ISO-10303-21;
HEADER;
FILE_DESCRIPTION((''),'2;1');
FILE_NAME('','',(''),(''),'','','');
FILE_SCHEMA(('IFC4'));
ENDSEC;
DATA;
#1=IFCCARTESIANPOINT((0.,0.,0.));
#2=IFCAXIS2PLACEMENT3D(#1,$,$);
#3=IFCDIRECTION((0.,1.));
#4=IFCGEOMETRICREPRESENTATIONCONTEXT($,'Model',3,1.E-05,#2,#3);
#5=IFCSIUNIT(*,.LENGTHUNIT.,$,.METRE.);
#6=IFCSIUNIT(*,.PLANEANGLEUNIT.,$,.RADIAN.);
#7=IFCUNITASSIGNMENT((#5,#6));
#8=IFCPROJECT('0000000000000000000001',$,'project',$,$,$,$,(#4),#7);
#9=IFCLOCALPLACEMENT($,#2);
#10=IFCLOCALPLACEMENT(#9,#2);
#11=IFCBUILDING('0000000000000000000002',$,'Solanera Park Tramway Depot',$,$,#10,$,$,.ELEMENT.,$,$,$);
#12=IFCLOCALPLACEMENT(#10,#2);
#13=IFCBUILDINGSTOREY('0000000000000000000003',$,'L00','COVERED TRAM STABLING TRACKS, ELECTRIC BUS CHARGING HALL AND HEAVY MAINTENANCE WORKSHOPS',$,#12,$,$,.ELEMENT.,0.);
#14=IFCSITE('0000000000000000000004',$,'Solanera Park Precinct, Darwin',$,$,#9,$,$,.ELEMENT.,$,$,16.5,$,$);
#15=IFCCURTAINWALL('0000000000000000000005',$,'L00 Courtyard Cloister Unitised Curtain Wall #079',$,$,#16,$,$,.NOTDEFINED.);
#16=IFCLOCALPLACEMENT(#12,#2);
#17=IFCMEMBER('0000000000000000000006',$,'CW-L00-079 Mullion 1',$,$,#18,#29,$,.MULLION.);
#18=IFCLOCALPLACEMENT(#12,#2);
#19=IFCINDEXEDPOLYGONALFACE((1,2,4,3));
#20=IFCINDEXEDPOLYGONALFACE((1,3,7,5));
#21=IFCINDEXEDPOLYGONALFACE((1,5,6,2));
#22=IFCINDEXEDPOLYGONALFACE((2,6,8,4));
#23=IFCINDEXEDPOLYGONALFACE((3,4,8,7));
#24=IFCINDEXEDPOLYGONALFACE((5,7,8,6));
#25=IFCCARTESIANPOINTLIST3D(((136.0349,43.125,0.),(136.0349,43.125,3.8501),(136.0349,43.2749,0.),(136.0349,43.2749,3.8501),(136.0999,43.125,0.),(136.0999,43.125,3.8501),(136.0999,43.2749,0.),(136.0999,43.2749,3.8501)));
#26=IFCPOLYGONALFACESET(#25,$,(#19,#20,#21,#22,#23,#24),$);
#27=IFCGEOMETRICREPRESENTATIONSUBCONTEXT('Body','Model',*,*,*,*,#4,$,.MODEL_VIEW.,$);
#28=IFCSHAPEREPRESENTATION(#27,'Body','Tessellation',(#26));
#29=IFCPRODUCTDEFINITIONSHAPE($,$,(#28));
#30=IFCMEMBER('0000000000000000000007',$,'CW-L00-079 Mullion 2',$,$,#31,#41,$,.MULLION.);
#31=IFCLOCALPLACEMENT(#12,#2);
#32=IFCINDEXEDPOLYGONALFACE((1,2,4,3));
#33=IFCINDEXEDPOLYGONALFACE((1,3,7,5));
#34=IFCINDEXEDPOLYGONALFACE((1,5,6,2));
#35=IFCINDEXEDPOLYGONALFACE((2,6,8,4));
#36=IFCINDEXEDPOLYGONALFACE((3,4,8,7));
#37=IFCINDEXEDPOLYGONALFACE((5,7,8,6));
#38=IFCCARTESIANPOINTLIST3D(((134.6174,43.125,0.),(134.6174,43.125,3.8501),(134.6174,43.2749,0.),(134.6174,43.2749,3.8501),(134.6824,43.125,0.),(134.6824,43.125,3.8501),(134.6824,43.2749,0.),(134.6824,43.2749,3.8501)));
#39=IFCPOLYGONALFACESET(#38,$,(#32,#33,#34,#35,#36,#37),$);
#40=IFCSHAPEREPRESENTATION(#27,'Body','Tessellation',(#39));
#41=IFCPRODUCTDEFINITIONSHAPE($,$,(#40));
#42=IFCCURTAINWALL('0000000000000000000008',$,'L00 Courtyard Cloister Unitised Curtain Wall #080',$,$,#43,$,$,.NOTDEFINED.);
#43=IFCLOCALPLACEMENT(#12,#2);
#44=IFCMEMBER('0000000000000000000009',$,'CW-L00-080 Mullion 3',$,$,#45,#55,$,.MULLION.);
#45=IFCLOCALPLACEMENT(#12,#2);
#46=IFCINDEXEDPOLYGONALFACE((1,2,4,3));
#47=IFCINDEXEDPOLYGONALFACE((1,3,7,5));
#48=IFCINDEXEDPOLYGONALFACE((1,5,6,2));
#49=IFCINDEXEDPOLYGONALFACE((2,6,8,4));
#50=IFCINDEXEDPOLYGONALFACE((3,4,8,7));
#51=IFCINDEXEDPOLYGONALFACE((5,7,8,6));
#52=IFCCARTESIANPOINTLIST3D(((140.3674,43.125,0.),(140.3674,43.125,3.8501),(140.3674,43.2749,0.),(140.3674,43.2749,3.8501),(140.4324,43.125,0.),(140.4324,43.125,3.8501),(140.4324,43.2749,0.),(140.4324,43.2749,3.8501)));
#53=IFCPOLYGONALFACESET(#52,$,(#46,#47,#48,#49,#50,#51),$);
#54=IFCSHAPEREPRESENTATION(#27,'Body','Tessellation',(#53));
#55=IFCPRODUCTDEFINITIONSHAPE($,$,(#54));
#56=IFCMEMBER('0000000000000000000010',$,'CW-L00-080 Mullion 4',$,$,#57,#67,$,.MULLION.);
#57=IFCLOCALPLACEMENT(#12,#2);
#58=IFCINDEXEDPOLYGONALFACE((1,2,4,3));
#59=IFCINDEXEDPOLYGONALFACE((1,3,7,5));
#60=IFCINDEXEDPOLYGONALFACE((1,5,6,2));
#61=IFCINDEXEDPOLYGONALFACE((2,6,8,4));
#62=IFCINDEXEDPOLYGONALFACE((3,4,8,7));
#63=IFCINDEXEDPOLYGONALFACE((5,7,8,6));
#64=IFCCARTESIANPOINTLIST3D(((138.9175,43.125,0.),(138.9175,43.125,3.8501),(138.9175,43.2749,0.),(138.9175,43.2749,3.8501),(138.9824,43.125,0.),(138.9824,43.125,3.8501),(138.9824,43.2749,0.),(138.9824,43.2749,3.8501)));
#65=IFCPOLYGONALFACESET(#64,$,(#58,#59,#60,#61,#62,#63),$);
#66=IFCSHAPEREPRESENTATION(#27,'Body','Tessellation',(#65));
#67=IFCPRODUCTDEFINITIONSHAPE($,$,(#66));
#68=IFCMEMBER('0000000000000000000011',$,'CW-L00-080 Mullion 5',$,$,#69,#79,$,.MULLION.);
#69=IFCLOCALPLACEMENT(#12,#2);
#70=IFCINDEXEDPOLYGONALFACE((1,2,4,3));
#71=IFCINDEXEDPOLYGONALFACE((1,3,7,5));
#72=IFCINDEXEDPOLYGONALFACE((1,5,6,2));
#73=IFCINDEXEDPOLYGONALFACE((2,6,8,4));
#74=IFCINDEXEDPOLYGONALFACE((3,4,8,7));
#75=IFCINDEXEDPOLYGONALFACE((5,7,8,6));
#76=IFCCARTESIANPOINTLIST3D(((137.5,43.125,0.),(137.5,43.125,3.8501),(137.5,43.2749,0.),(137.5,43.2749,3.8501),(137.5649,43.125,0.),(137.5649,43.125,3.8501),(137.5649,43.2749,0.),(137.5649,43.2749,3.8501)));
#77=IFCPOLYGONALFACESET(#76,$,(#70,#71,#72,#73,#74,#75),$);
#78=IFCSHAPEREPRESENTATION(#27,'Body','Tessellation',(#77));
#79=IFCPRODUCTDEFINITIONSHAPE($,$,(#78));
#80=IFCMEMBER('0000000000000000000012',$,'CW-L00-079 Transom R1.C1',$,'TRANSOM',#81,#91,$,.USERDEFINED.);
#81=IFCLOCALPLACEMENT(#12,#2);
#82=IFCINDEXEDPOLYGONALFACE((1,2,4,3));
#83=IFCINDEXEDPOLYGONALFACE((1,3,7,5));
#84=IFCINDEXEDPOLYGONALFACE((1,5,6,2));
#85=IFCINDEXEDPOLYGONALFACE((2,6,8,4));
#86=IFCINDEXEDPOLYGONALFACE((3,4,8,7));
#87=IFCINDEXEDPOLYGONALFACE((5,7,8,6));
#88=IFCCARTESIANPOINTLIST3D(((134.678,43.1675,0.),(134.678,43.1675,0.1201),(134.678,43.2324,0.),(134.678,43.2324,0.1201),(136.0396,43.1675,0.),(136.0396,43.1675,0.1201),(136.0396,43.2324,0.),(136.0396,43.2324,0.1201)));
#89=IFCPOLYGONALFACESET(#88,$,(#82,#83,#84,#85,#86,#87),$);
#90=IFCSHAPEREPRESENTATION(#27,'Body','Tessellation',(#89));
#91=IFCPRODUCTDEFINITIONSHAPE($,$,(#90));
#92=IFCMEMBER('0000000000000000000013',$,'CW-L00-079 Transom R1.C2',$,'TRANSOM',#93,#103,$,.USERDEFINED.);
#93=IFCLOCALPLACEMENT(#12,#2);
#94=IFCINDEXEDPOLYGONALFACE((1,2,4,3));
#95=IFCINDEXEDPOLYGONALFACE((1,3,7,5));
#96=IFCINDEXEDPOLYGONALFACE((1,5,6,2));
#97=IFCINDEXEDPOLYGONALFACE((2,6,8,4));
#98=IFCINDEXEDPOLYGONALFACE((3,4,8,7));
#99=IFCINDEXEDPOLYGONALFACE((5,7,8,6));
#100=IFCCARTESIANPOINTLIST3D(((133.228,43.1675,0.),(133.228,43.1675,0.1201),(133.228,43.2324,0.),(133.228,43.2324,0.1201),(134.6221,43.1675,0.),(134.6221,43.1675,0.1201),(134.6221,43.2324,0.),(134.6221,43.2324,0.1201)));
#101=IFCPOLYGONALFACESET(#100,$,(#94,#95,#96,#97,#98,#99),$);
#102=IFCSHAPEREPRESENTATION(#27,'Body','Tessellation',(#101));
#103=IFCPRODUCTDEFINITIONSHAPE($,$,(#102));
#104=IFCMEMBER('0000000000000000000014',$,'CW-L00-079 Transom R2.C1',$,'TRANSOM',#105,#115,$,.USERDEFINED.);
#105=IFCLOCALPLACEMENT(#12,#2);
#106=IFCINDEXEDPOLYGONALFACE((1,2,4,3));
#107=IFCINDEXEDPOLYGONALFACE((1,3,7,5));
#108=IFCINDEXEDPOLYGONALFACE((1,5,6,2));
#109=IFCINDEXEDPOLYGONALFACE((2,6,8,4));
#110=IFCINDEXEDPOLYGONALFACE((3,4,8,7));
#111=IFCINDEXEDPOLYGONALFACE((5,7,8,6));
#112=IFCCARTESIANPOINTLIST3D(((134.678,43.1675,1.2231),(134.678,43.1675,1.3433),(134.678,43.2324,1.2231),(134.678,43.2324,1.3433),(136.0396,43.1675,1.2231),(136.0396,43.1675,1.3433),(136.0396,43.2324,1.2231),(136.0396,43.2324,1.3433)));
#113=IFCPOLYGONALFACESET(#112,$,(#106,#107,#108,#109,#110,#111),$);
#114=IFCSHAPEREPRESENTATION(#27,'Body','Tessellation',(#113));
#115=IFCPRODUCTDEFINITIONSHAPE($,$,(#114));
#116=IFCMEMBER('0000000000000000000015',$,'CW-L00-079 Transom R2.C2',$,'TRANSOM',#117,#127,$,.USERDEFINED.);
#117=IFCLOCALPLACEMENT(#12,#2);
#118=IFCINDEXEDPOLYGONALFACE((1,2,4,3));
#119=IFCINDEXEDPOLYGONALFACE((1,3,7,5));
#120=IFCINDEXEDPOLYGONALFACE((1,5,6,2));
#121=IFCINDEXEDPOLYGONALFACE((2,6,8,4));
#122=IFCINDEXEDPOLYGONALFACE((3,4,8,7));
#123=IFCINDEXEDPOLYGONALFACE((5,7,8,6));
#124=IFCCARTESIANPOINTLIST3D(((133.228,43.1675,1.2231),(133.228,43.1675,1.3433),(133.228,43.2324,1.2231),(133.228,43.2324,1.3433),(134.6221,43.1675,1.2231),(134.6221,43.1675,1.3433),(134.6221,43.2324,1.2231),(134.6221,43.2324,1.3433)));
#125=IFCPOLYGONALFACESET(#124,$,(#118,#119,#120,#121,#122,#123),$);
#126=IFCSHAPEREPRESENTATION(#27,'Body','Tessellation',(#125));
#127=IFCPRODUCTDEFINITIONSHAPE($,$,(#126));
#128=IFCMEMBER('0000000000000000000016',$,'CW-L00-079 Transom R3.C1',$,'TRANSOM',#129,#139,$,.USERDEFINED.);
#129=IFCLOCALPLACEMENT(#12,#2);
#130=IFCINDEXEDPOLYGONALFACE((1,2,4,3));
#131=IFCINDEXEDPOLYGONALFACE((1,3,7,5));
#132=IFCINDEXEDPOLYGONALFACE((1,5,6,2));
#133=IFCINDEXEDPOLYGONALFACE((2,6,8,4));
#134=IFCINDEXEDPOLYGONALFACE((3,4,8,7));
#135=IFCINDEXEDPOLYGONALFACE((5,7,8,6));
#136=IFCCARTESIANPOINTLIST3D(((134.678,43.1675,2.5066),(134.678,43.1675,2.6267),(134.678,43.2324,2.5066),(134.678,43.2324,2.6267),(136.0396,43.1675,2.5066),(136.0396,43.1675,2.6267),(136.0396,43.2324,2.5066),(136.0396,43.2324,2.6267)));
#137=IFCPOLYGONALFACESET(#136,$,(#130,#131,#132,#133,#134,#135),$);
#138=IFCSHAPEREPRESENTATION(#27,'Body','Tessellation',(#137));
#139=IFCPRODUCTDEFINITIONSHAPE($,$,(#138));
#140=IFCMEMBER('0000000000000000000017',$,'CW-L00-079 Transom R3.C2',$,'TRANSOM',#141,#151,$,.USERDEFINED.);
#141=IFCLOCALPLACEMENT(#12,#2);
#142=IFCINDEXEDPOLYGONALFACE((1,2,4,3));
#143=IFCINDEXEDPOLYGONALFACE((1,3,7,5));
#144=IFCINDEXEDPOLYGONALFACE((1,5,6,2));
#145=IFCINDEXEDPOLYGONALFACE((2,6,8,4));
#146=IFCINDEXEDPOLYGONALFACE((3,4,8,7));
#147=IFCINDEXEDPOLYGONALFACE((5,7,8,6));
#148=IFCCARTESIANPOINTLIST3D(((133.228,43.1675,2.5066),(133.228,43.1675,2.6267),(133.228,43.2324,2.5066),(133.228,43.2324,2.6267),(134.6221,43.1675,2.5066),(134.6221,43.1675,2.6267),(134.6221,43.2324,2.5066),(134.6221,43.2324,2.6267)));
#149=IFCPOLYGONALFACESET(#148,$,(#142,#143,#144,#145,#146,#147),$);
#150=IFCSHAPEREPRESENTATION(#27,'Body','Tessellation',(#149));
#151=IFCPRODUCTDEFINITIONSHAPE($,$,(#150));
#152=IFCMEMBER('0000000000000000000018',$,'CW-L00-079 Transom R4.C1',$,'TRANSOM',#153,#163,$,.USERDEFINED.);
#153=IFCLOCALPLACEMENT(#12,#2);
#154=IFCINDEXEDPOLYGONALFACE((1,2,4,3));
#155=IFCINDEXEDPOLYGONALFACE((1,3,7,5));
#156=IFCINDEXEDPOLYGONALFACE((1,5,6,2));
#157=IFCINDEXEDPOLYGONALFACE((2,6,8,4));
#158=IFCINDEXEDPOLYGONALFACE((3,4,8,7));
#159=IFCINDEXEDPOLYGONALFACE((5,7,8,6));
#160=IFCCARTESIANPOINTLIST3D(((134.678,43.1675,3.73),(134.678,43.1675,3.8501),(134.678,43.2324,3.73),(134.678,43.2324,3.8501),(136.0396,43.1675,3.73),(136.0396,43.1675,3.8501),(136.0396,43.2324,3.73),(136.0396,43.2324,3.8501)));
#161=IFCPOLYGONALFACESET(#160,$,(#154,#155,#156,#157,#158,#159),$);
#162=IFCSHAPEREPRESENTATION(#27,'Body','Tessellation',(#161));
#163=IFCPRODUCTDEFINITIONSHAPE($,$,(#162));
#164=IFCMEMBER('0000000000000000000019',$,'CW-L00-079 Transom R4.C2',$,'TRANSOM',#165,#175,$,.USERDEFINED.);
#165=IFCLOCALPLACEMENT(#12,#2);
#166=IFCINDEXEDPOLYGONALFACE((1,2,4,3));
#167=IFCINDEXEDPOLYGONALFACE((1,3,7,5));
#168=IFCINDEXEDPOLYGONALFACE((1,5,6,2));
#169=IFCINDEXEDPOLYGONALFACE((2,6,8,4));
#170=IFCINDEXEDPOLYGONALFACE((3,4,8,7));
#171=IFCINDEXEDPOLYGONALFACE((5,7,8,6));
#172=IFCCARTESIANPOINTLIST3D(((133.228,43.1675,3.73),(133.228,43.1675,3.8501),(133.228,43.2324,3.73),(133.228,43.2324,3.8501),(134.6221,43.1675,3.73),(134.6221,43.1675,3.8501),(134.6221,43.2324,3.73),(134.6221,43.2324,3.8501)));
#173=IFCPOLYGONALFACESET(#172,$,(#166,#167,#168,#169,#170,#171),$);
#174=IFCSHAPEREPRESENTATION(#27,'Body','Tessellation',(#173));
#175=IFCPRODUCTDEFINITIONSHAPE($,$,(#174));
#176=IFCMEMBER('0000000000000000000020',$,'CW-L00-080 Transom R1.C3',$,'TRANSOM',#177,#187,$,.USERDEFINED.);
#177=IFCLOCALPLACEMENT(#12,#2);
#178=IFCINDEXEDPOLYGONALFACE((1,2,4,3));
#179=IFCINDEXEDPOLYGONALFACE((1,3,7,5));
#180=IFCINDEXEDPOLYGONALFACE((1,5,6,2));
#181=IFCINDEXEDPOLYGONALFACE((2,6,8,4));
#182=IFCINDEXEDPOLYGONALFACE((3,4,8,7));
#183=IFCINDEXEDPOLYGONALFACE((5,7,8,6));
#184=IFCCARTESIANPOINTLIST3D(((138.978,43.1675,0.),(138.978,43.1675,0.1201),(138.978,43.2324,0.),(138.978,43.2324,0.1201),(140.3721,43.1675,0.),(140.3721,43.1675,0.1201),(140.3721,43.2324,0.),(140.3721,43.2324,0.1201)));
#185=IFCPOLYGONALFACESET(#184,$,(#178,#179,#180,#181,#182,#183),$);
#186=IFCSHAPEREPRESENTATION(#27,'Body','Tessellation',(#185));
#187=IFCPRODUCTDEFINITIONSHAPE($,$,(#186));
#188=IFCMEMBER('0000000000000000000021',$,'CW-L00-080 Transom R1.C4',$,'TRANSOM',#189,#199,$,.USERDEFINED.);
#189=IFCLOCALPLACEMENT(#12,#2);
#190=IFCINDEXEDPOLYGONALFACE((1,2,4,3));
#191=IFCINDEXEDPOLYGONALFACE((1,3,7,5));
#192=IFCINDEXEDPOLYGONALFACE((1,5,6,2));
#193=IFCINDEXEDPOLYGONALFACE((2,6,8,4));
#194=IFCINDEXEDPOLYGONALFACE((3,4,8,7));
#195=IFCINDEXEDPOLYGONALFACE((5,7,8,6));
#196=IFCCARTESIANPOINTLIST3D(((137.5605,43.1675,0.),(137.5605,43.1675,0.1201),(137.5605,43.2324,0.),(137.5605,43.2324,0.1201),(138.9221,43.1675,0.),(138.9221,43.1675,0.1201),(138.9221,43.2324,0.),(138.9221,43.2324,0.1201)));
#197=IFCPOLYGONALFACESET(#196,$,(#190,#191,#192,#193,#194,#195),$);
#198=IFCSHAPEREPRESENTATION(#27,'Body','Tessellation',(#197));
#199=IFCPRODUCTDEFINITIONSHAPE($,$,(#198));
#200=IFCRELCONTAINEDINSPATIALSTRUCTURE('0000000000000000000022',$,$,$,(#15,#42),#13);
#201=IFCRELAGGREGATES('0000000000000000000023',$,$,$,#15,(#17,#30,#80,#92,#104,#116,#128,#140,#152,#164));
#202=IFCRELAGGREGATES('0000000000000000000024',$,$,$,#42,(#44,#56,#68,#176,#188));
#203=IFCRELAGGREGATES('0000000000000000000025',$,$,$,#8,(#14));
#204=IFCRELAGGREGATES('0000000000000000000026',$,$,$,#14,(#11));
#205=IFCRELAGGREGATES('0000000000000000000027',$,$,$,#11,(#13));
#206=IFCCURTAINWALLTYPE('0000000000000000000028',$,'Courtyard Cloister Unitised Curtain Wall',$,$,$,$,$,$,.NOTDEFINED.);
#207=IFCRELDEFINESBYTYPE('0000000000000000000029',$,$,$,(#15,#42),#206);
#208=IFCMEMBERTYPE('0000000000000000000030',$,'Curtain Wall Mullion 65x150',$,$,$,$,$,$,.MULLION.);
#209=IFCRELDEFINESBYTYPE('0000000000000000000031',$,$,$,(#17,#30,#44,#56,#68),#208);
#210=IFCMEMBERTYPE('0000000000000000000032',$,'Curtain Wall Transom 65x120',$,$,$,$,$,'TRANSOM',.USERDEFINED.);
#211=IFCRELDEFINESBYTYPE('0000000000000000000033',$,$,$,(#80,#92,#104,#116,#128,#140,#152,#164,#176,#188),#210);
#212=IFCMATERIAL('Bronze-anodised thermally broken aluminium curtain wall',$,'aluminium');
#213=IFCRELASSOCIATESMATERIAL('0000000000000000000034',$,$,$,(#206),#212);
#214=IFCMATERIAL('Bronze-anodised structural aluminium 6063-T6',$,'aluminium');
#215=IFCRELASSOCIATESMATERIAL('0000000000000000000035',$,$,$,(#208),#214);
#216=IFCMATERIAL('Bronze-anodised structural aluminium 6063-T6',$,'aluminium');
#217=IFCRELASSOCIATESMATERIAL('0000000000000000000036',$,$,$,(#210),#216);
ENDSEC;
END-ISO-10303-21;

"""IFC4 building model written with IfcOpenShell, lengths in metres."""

from ifc_helpers import new_model, si_unit, direction, frame, origin, origin_2d, place, context, subcontext, project, spatial, rectangle, extrude, material, material_profile, profile_set, type_object, element, aggregate, save


model = new_model("IFC4")

# Units and contexts
model_context = context("Model", 3, precision=1e-05, world=origin(), true_north=direction((0.0, 1.0)))
body_context = subcontext(model_context, "Body", "Model", "MODEL_VIEW")
ifc_project = project(units=[si_unit("LENGTHUNIT", "METRE"), si_unit("PLANEANGLEUNIT", "RADIAN")], contexts=[model_context])

# Site, building, storey
site_placement = place(None, origin())
site = spatial("IfcSite", under=ifc_project, at=site_placement, Name="Solanera Park Precinct, Darwin", CompositionType="ELEMENT", RefElevation=16.5)
building_placement = place(site_placement, origin())
building = spatial("IfcBuilding", under=site, at=building_placement, Name="Solanera Park Tramway Depot", CompositionType="ELEMENT")
storey_placement = place(building_placement, origin())
storey = spatial("IfcBuildingStorey", under=building, at=storey_placement, Name="L00", Description="COVERED TRAM STABLING TRACKS, ELECTRIC BUS CHARGING HALL AND HEAVY MAINTENANCE WORKSHOPS", CompositionType="ELEMENT", Elevation=0.0)

# Curtain walls, members
ifc_material_1 = material(Name="Bronze-anodised thermally broken aluminium curtain wall", Category="aluminium")
curtain_wall_type = type_object("IfcCurtainWallType", Name="Courtyard Cloister Unitised Curtain Wall", PredefinedType="NOTDEFINED", material=ifc_material_1)
curtain_wall_1_placement = place(storey_placement, origin())
curtain_wall_1 = element("IfcCurtainWall", 1, at=curtain_wall_1_placement, inside=storey, type_object=curtain_wall_type, Name="L00 Courtyard Cloister Unitised Curtain Wall #079", PredefinedType="NOTDEFINED")
ifc_material_2 = material(Name="Bronze-anodised structural aluminium 6063-T6", Category="aluminium")
ifc_material_profile_1 = material_profile(ifc_material_2, rectangle(XDim=0.0649, YDim=0.1499, at=origin_2d()), Name="Curtain Wall Mullion 65x150")
ifc_profile_set_1 = profile_set([ifc_material_profile_1], Name="Bronze-anodised structural aluminium 6063-T6")
member_type_1 = type_object("IfcMemberType", Name="Curtain Wall Mullion 65x150", PredefinedType="MULLION", material=ifc_profile_set_1)
member_1_placement = place(storey_placement, frame((136.0674, 43.2, 0.0), z_axis=(0.0, 0.0, 1.0), x_axis=(1.0, 0.0, 0.0)))
member_1 = element("IfcMember", 2, at=member_1_placement, type_object=member_type_1, Name="CW-L00-079 Mullion 1", PredefinedType="MULLION", context=body_context, shape_type="SweptSolid", body=[
    extrude(rectangle(XDim=0.0649, YDim=0.1499, at=origin_2d()), origin(), (0.0, 0.0, 1.0), 3.8501),
])
member_2_placement = place(storey_placement, frame((134.6499, 43.2, 0.0), z_axis=(0.0, 0.0, 1.0), x_axis=(1.0, 0.0, 0.0)))
member_2 = element("IfcMember", 3, at=member_2_placement, type_object=member_type_1, Name="CW-L00-079 Mullion 2", PredefinedType="MULLION", context=body_context, shape_type="SweptSolid", body=[
    extrude(rectangle(XDim=0.0649, YDim=0.1499, at=origin_2d()), origin(), (0.0, 0.0, 1.0), 3.8501),
])
curtain_wall_2_placement = place(storey_placement, origin())
curtain_wall_2 = element("IfcCurtainWall", 4, at=curtain_wall_2_placement, inside=storey, type_object=curtain_wall_type, Name="L00 Courtyard Cloister Unitised Curtain Wall #080", PredefinedType="NOTDEFINED")
member_3_placement = place(storey_placement, frame((140.3999, 43.2, 0.0), z_axis=(0.0, 0.0, 1.0), x_axis=(1.0, 0.0, 0.0)))
member_3 = element("IfcMember", 5, at=member_3_placement, type_object=member_type_1, Name="CW-L00-080 Mullion 3", PredefinedType="MULLION", context=body_context, shape_type="SweptSolid", body=[
    extrude(rectangle(XDim=0.0649, YDim=0.1499, at=origin_2d()), origin(), (0.0, 0.0, 1.0), 3.8501),
])
member_4_placement = place(storey_placement, frame((138.95, 43.2, 0.0), z_axis=(0.0, 0.0, 1.0), x_axis=(1.0, 0.0, 0.0)))
member_4 = element("IfcMember", 6, at=member_4_placement, type_object=member_type_1, Name="CW-L00-080 Mullion 4", PredefinedType="MULLION", context=body_context, shape_type="SweptSolid", body=[
    extrude(rectangle(XDim=0.0649, YDim=0.1499, at=origin_2d()), origin(), (0.0, 0.0, 1.0), 3.8501),
])
member_5_placement = place(storey_placement, frame((137.5325, 43.2, 0.0), z_axis=(0.0, 0.0, 1.0), x_axis=(1.0, 0.0, 0.0)))
member_5 = element("IfcMember", 7, at=member_5_placement, type_object=member_type_1, Name="CW-L00-080 Mullion 5", PredefinedType="MULLION", context=body_context, shape_type="SweptSolid", body=[
    extrude(rectangle(XDim=0.0649, YDim=0.1499, at=origin_2d()), origin(), (0.0, 0.0, 1.0), 3.8501),
])

# Members
ifc_material_3 = material(Name="Bronze-anodised structural aluminium 6063-T6", Category="aluminium")
ifc_material_profile_2 = material_profile(ifc_material_3, rectangle(XDim=0.0649, YDim=0.1201, at=origin_2d()), Name="Curtain Wall Transom 65x120")
ifc_profile_set_2 = profile_set([ifc_material_profile_2], Name="Bronze-anodised structural aluminium 6063-T6")
member_type_2 = type_object("IfcMemberType", Name="Curtain Wall Transom 65x120", ElementType="TRANSOM", PredefinedType="USERDEFINED", material=ifc_profile_set_2)
member_6_placement = place(storey_placement, frame((136.0396, 43.2, 0.0601), z_axis=(-1.0, 0.0, 0.0), x_axis=(0.0, -1.0, 0.0)))
member_6 = element("IfcMember", 8, at=member_6_placement, type_object=member_type_2, Name="CW-L00-079 Transom R1.C1", ObjectType="TRANSOM", PredefinedType="USERDEFINED", context=body_context, shape_type="SweptSolid", body=[
    extrude(rectangle(XDim=0.0649, YDim=0.1201, at=origin_2d()), origin(), (0.0, 0.0, 1.0), 1.3616),
])
member_7_placement = place(storey_placement, frame((134.6221, 43.2, 0.0601), z_axis=(-1.0, 0.0, 0.0), x_axis=(0.0, -1.0, 0.0)))
member_7 = element("IfcMember", 9, at=member_7_placement, type_object=member_type_2, Name="CW-L00-079 Transom R1.C2", ObjectType="TRANSOM", PredefinedType="USERDEFINED", context=body_context, shape_type="SweptSolid", body=[
    extrude(rectangle(XDim=0.0649, YDim=0.1201, at=origin_2d()), origin(), (0.0, 0.0, 1.0), 1.394),
])
member_8_placement = place(storey_placement, frame((136.0396, 43.2, 1.2832), z_axis=(-1.0, 0.0, 0.0), x_axis=(0.0, -1.0, 0.0)))
member_8 = element("IfcMember", 10, at=member_8_placement, type_object=member_type_2, Name="CW-L00-079 Transom R2.C1", ObjectType="TRANSOM", PredefinedType="USERDEFINED", context=body_context, shape_type="SweptSolid", body=[
    extrude(rectangle(XDim=0.0649, YDim=0.1201, at=origin_2d()), origin(), (0.0, 0.0, 1.0), 1.3616),
])
member_9_placement = place(storey_placement, frame((134.6221, 43.2, 1.2832), z_axis=(-1.0, 0.0, 0.0), x_axis=(0.0, -1.0, 0.0)))
member_9 = element("IfcMember", 11, at=member_9_placement, type_object=member_type_2, Name="CW-L00-079 Transom R2.C2", ObjectType="TRANSOM", PredefinedType="USERDEFINED", context=body_context, shape_type="SweptSolid", body=[
    extrude(rectangle(XDim=0.0649, YDim=0.1201, at=origin_2d()), origin(), (0.0, 0.0, 1.0), 1.394),
])
member_10_placement = place(storey_placement, frame((136.0396, 43.2, 2.5667), z_axis=(-1.0, 0.0, 0.0), x_axis=(0.0, -1.0, 0.0)))
member_10 = element("IfcMember", 12, at=member_10_placement, type_object=member_type_2, Name="CW-L00-079 Transom R3.C1", ObjectType="TRANSOM", PredefinedType="USERDEFINED", context=body_context, shape_type="SweptSolid", body=[
    extrude(rectangle(XDim=0.0649, YDim=0.1201, at=origin_2d()), origin(), (0.0, 0.0, 1.0), 1.3616),
])
member_11_placement = place(storey_placement, frame((134.6221, 43.2, 2.5667), z_axis=(-1.0, 0.0, 0.0), x_axis=(0.0, -1.0, 0.0)))
member_11 = element("IfcMember", 13, at=member_11_placement, type_object=member_type_2, Name="CW-L00-079 Transom R3.C2", ObjectType="TRANSOM", PredefinedType="USERDEFINED", context=body_context, shape_type="SweptSolid", body=[
    extrude(rectangle(XDim=0.0649, YDim=0.1201, at=origin_2d()), origin(), (0.0, 0.0, 1.0), 1.394),
])
member_12_placement = place(storey_placement, frame((136.0396, 43.2, 3.79), z_axis=(-1.0, 0.0, 0.0), x_axis=(0.0, -1.0, 0.0)))
member_12 = element("IfcMember", 14, at=member_12_placement, type_object=member_type_2, Name="CW-L00-079 Transom R4.C1", ObjectType="TRANSOM", PredefinedType="USERDEFINED", context=body_context, shape_type="SweptSolid", body=[
    extrude(rectangle(XDim=0.0649, YDim=0.1201, at=origin_2d()), origin(), (0.0, 0.0, 1.0), 1.3616),
])
member_13_placement = place(storey_placement, frame((134.6221, 43.2, 3.79), z_axis=(-1.0, 0.0, 0.0), x_axis=(0.0, -1.0, 0.0)))
member_13 = element("IfcMember", 15, at=member_13_placement, type_object=member_type_2, Name="CW-L00-079 Transom R4.C2", ObjectType="TRANSOM", PredefinedType="USERDEFINED", context=body_context, shape_type="SweptSolid", body=[
    extrude(rectangle(XDim=0.0649, YDim=0.1201, at=origin_2d()), origin(), (0.0, 0.0, 1.0), 1.394),
])
member_14_placement = place(storey_placement, frame((140.3721, 43.2, 0.0601), z_axis=(-1.0, 0.0, 0.0), x_axis=(0.0, -1.0, 0.0)))
member_14 = element("IfcMember", 16, at=member_14_placement, type_object=member_type_2, Name="CW-L00-080 Transom R1.C3", ObjectType="TRANSOM", PredefinedType="USERDEFINED", context=body_context, shape_type="SweptSolid", body=[
    extrude(rectangle(XDim=0.0649, YDim=0.1201, at=origin_2d()), origin(), (0.0, 0.0, 1.0), 1.394),
])
member_15_placement = place(storey_placement, frame((138.9221, 43.2, 0.0601), z_axis=(-1.0, 0.0, 0.0), x_axis=(0.0, -1.0, 0.0)))
member_15 = element("IfcMember", 17, at=member_15_placement, type_object=member_type_2, Name="CW-L00-080 Transom R1.C4", ObjectType="TRANSOM", PredefinedType="USERDEFINED", context=body_context, shape_type="SweptSolid", body=[
    extrude(rectangle(XDim=0.0649, YDim=0.1201, at=origin_2d()), origin(), (0.0, 0.0, 1.0), 1.3616),
])

aggregate(curtain_wall_1, [member_1, member_2, member_6, member_7, member_8, member_9, member_10, member_11, member_12, member_13])
aggregate(curtain_wall_2, [member_3, member_4, member_5, member_14, member_15])

save(model, "model.ifc")
